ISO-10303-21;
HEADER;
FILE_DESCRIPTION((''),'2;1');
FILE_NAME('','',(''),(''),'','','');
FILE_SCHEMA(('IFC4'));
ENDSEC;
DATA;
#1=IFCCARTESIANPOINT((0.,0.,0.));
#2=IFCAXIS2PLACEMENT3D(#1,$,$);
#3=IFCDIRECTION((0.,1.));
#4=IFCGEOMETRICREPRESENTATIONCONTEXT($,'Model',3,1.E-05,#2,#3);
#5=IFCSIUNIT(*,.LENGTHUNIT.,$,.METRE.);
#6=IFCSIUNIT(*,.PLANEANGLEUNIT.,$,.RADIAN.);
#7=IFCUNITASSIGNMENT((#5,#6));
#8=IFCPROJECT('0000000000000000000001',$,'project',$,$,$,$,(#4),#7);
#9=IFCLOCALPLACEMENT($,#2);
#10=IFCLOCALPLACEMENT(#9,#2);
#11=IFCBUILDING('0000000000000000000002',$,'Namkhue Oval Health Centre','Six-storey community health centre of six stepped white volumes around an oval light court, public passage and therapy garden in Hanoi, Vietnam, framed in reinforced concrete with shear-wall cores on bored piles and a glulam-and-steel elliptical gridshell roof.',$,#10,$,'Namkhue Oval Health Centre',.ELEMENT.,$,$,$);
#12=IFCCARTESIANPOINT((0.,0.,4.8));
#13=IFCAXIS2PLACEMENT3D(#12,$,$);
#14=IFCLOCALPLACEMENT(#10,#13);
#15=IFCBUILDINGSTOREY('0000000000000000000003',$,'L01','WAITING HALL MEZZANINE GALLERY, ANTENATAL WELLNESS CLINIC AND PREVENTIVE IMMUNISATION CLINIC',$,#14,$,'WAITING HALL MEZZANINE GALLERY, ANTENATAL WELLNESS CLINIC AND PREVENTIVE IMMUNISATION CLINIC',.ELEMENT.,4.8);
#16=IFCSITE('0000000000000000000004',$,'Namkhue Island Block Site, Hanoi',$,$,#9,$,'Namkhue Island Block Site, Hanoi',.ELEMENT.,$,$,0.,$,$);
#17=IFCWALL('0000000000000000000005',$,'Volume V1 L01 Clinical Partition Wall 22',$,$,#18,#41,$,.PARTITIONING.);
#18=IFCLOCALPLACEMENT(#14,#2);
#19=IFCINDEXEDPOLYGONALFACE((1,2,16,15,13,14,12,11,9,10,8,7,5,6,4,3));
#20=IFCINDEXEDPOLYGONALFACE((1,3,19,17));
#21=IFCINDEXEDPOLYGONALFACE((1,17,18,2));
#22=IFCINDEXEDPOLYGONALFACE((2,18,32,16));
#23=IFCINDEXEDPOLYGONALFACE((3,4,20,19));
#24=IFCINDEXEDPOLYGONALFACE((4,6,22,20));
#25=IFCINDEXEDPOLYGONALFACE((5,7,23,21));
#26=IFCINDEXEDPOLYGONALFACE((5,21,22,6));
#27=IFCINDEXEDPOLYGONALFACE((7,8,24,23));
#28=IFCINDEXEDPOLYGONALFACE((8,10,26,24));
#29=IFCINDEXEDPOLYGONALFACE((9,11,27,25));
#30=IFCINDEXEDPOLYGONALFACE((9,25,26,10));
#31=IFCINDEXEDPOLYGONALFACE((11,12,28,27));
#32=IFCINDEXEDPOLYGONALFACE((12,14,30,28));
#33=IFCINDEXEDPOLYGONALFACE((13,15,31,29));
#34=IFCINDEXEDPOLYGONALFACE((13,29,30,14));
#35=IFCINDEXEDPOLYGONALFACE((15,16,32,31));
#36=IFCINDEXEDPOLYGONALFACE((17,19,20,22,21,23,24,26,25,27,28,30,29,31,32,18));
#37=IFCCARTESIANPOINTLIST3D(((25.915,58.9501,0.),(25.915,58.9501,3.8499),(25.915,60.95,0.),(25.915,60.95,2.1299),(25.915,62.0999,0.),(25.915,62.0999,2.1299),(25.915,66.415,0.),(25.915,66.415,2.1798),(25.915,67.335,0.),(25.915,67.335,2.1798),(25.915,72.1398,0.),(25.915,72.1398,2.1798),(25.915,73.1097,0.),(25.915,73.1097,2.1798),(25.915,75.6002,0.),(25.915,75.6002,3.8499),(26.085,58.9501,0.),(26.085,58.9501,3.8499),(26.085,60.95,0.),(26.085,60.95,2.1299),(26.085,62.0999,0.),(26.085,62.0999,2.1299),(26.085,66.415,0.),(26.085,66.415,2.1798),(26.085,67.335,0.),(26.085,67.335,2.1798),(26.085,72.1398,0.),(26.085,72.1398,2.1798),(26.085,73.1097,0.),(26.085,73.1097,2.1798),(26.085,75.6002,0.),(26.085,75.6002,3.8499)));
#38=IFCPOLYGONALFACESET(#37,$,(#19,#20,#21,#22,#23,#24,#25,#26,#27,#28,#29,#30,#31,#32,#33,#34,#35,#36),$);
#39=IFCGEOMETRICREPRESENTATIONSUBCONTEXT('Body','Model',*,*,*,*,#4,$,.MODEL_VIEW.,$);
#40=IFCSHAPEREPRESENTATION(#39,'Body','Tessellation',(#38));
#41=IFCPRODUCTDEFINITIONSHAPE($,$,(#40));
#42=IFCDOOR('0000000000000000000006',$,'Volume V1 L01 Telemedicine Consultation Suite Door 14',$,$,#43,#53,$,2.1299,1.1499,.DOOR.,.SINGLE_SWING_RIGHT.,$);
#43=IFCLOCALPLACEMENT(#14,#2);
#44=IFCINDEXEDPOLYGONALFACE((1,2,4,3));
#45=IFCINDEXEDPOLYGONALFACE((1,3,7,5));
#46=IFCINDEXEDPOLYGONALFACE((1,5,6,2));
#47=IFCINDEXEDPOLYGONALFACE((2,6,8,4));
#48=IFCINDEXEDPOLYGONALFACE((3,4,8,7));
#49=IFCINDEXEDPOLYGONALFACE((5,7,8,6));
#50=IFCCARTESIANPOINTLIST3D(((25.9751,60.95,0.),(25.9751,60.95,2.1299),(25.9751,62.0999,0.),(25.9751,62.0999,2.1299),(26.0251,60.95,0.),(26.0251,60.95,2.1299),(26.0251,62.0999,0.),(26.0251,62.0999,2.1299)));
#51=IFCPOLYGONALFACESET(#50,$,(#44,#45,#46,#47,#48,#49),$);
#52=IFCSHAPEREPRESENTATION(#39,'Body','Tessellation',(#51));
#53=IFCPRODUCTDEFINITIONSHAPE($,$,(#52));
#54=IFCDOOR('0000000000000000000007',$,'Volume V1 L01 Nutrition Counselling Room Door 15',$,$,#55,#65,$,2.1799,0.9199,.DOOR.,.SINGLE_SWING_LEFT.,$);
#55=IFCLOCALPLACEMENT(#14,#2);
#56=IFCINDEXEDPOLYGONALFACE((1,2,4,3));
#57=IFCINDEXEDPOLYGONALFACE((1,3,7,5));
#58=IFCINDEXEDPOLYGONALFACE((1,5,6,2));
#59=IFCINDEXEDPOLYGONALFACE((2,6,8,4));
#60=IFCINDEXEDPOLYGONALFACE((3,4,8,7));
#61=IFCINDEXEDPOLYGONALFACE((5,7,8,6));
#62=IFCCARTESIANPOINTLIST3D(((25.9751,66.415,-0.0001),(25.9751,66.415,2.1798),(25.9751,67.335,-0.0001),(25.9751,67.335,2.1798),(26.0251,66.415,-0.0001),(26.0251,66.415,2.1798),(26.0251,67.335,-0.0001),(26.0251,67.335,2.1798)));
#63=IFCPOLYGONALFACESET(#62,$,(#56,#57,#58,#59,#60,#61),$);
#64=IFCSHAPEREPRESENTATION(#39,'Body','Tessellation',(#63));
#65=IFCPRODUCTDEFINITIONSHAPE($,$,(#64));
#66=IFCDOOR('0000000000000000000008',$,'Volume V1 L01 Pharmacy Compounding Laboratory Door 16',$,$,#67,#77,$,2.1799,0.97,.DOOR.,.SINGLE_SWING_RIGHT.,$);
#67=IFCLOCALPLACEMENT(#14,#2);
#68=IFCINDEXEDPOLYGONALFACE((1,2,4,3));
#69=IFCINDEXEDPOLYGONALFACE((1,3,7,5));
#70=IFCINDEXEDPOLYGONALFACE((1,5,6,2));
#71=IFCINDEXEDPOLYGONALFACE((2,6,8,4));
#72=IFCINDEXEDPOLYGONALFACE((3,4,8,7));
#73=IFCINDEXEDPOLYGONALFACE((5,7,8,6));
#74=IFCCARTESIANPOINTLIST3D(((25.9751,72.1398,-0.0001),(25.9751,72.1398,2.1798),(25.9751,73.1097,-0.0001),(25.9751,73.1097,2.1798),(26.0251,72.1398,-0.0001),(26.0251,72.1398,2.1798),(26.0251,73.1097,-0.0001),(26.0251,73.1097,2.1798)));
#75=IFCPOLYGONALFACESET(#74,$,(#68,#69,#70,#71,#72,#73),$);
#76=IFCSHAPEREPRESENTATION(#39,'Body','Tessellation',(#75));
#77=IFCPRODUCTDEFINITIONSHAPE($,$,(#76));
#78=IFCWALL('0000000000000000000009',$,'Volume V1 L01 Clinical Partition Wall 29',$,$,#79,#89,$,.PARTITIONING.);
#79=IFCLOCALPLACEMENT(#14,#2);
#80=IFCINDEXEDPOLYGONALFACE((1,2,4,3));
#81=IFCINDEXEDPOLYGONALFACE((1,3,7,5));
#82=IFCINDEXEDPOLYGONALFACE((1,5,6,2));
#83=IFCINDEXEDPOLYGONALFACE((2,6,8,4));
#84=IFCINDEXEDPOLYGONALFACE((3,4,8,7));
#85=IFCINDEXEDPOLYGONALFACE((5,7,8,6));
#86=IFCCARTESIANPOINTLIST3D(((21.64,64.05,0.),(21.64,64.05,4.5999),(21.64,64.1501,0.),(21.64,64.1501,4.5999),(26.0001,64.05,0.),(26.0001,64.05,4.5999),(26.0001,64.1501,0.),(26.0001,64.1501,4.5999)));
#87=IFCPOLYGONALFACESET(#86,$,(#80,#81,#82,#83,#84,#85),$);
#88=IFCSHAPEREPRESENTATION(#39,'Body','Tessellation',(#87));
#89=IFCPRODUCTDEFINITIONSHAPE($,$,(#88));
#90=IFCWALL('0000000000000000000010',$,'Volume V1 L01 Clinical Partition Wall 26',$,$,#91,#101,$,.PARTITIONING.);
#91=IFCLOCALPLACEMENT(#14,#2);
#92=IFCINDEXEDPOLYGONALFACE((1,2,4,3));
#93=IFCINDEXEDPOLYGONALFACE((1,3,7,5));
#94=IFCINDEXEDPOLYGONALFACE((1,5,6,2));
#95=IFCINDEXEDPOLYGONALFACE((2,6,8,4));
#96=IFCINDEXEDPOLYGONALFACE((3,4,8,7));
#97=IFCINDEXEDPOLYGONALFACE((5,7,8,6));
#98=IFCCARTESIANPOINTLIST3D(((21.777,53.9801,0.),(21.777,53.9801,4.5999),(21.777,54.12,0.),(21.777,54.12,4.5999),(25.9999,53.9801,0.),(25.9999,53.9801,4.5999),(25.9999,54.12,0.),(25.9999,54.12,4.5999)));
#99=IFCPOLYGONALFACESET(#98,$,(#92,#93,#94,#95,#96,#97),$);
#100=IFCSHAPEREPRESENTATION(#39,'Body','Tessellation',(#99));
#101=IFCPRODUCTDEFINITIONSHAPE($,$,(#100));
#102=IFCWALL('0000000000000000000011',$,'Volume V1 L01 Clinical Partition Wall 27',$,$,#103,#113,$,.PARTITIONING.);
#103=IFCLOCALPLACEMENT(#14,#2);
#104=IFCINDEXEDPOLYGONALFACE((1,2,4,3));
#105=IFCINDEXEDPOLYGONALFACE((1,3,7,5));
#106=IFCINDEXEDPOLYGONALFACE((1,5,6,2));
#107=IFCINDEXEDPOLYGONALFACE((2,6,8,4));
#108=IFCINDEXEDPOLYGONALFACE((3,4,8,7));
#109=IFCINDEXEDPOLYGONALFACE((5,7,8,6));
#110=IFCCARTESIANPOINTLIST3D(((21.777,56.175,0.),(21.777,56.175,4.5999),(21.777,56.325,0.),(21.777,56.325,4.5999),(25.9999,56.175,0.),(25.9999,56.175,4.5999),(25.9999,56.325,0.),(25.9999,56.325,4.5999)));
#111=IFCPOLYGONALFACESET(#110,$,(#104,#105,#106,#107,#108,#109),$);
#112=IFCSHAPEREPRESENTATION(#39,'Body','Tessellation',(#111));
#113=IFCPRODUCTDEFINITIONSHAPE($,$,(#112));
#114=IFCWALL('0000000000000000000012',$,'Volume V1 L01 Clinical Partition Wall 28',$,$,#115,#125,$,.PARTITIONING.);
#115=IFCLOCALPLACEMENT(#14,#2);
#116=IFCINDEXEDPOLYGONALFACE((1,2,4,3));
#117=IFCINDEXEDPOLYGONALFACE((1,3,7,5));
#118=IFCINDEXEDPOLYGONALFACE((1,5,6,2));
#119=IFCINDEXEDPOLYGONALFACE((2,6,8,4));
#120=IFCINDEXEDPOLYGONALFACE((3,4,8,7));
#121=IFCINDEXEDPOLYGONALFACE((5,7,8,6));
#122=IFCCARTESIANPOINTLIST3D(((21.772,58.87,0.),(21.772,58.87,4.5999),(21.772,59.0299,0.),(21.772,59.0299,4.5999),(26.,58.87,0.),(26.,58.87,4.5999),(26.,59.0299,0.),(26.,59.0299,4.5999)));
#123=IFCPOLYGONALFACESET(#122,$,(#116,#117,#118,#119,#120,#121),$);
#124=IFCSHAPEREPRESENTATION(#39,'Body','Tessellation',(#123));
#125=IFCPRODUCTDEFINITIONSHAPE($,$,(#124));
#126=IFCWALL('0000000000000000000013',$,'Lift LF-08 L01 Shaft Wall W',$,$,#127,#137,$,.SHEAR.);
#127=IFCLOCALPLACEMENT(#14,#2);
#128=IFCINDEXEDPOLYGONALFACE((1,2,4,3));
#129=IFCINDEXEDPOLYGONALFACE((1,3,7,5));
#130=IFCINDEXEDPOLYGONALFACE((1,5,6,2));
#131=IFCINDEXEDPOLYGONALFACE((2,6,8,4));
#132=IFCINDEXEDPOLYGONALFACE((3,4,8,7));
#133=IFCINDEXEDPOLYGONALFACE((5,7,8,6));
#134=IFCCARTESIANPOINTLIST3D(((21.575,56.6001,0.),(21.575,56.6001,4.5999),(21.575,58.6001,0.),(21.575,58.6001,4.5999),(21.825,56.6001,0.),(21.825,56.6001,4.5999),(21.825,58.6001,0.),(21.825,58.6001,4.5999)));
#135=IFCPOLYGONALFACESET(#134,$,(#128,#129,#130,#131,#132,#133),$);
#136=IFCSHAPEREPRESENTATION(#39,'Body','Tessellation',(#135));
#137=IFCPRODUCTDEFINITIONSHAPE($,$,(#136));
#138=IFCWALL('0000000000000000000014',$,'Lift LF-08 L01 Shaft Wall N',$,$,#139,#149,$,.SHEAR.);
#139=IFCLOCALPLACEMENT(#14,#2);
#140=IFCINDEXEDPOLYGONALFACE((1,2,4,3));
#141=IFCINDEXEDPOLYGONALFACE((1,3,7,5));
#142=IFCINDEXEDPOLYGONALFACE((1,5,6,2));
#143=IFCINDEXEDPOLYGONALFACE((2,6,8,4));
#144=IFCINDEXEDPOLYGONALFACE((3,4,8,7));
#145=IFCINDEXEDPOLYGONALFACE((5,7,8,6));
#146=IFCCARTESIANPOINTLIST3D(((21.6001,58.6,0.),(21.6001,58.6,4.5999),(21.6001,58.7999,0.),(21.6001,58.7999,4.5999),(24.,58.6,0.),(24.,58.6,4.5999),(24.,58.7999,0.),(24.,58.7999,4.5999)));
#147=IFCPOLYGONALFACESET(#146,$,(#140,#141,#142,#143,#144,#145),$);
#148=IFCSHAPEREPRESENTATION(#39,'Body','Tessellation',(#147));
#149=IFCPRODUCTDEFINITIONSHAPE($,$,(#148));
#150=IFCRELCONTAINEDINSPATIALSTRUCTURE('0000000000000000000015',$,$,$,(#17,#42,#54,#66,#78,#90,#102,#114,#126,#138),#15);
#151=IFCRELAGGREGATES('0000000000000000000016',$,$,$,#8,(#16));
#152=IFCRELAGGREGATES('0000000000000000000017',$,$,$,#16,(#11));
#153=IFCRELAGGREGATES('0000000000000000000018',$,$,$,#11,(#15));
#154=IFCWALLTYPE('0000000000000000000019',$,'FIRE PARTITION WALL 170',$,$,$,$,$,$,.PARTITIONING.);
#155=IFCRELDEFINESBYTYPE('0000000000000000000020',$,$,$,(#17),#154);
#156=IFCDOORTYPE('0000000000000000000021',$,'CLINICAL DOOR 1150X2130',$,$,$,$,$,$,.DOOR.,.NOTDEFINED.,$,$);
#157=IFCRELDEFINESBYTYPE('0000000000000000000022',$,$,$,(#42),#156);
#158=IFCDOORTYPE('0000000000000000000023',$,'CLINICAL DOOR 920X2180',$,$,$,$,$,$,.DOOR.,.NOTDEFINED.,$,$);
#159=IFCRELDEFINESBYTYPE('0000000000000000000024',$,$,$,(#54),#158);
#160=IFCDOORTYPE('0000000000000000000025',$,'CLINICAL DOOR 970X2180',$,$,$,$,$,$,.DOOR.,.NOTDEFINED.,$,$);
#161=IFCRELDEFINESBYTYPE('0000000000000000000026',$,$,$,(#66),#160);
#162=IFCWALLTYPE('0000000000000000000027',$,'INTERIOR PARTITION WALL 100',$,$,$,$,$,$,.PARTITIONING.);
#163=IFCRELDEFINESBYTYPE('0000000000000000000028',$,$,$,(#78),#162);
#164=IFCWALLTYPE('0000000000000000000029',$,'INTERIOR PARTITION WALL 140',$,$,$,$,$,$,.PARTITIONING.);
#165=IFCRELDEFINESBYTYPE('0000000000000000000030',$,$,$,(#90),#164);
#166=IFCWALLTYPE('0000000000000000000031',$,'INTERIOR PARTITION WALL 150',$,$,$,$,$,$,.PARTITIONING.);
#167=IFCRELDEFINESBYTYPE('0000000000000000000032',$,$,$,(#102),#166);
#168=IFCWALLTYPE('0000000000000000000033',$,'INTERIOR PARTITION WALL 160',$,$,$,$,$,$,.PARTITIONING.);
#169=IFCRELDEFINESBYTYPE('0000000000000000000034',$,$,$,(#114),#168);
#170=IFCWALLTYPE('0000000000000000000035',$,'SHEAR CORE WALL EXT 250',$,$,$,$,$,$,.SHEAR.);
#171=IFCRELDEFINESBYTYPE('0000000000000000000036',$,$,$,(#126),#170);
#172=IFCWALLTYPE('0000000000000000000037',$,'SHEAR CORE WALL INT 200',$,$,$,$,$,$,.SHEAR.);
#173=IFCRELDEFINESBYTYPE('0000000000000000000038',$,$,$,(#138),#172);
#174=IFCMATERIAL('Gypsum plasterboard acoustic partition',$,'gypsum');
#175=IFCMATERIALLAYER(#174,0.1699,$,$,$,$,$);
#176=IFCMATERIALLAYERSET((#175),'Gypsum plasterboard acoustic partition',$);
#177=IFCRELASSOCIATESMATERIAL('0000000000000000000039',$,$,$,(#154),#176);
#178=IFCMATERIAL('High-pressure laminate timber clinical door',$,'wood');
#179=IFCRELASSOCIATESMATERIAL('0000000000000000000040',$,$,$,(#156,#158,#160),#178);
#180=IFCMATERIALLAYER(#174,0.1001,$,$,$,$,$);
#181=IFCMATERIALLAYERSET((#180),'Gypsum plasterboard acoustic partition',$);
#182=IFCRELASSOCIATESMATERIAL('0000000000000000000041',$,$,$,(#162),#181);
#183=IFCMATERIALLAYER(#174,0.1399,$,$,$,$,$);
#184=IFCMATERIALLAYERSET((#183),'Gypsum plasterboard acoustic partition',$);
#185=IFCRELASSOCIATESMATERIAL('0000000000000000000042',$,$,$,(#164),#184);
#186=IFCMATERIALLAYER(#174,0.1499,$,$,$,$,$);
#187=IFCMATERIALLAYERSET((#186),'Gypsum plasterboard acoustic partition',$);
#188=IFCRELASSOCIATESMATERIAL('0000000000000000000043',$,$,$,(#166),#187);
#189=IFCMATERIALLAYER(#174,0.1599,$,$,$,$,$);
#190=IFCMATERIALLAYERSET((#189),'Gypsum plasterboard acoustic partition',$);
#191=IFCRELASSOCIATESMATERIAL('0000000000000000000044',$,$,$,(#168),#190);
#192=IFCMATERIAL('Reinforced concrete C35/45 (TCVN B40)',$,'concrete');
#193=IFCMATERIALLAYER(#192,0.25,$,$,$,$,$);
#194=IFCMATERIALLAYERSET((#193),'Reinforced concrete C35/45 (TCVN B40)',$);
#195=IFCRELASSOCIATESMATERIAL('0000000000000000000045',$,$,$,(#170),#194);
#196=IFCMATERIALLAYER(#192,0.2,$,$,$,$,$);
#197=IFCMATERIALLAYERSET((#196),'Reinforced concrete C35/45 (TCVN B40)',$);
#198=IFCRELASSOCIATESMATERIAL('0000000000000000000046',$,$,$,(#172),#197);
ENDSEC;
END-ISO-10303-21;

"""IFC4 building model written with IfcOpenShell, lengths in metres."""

from ifc_helpers import new_model, si_unit, direction, frame, frame_2d, origin, place, context, subcontext, project, spatial, rectangle, extrude, material, layer, layer_set, type_object, element, fill, save


model = new_model("IFC4")

# Units and contexts
model_context = context("Model", 3, precision=1e-05, world=origin(), true_north=direction((0.0, 1.0)))
body_context = subcontext(model_context, "Body", "Model", "MODEL_VIEW")
ifc_project = project(units=[si_unit("LENGTHUNIT", "METRE"), si_unit("PLANEANGLEUNIT", "RADIAN")], contexts=[model_context])

# Site, building, storey
site_placement = place(None, origin())
site = spatial("IfcSite", under=ifc_project, at=site_placement, Name="Namkhue Island Block Site, Hanoi", LongName="Namkhue Island Block Site, Hanoi", CompositionType="ELEMENT", RefElevation=0.0)
building_placement = place(site_placement, origin())
building = spatial("IfcBuilding", under=site, at=building_placement, Name="Namkhue Oval Health Centre", Description="Six-storey community health centre of six stepped white volumes around an oval light court, public passage and therapy garden in Hanoi, Vietnam, framed in reinforced concrete with shear-wall cores on bored piles and a glulam-and-steel elliptical gridshell roof.", LongName="Namkhue Oval Health Centre", CompositionType="ELEMENT")
storey_placement = place(building_placement, frame((0.0, 0.0, 4.8)))
storey = spatial("IfcBuildingStorey", under=building, at=storey_placement, Name="L01", Description="WAITING HALL MEZZANINE GALLERY, ANTENATAL WELLNESS CLINIC AND PREVENTIVE IMMUNISATION CLINIC", LongName="WAITING HALL MEZZANINE GALLERY, ANTENATAL WELLNESS CLINIC AND PREVENTIVE IMMUNISATION CLINIC", CompositionType="ELEMENT", Elevation=4.8)

# Shared definitions
ifc_material_1 = material(Name="Reinforced concrete C35/45 (TCVN B40)", Category="concrete")

# Wall, openings, doors
ifc_material_2 = material(Name="Gypsum plasterboard acoustic partition", Category="gypsum")
ifc_layer_1 = layer(ifc_material_2, 0.1699)
ifc_layer_set_1 = layer_set([ifc_layer_1], Name="Gypsum plasterboard acoustic partition")
wall_type_1 = type_object("IfcWallType", Name="FIRE PARTITION WALL 170", PredefinedType="PARTITIONING", material=ifc_layer_set_1)
wall_1_placement = place(storey_placement, frame((26.0, 58.95, 0.0), z_axis=(0.0, 0.0, 1.0), x_axis=(0.0, 1.0, 0.0)))
wall_1 = element("IfcWall", 1, at=wall_1_placement, inside=storey, type_object=wall_type_1, Name="Volume V1 L01 Clinical Partition Wall 22", PredefinedType="PARTITIONING", context=body_context, shape_type="SweptSolid", body=[
    extrude(rectangle(XDim=16.6501, YDim=0.1699, at=frame_2d((8.3252, 0.0))), origin(), (0.0, 0.0, 1.0), 3.8499),
])
opening_1_placement = place(wall_1_placement, frame((2.0, 0.0, 0.0)))
opening_1 = element("IfcOpeningElement", 2, at=opening_1_placement, cuts=wall_1, PredefinedType="OPENING", context=body_context, shape_type="SweptSolid", body=[
    extrude(rectangle(XDim=1.1499, YDim=2.1299, at=frame_2d((0.575, 1.0649))), frame((0.0, 0.095, 0.0), z_axis=(0.0, -1.0, 0.0), x_axis=(1.0, 0.0, 0.0)), (0.0, 0.0, 1.0), 0.1899),
])
opening_2_placement = place(wall_1_placement, frame((7.4651, 0.0, 0.0)))
opening_2 = element("IfcOpeningElement", 3, at=opening_2_placement, cuts=wall_1, PredefinedType="OPENING", context=body_context, shape_type="SweptSolid", body=[
    extrude(rectangle(XDim=0.9199, YDim=2.1799, at=frame_2d((0.46, 1.0898))), frame((0.0, 0.095, 0.0), z_axis=(0.0, -1.0, 0.0), x_axis=(1.0, 0.0, 0.0)), (0.0, 0.0, 1.0), 0.1899),
])
opening_3_placement = place(wall_1_placement, frame((13.1899, 0.0, 0.0)))
opening_3 = element("IfcOpeningElement", 4, at=opening_3_placement, cuts=wall_1, PredefinedType="OPENING", context=body_context, shape_type="SweptSolid", body=[
    extrude(rectangle(XDim=0.97, YDim=2.1799, at=frame_2d((0.4849, 1.0898))), frame((0.0, 0.095, 0.0), z_axis=(0.0, -1.0, 0.0), x_axis=(1.0, 0.0, 0.0)), (0.0, 0.0, 1.0), 0.1899),
])
ifc_material_3 = material(Name="High-pressure laminate timber clinical door", Category="wood")
door_type_1 = type_object("IfcDoorType", Name="CLINICAL DOOR 1150X2130", OperationType="NOTDEFINED", PredefinedType="DOOR", material=ifc_material_3)
door_1_placement = place(opening_1_placement, origin())
door_1 = element("IfcDoor", 5, at=door_1_placement, inside=storey, type_object=door_type_1, Name="Volume V1 L01 Telemedicine Consultation Suite Door 14", OperationType="SINGLE_SWING_RIGHT", OverallHeight=2.1299, OverallWidth=1.1499, PredefinedType="DOOR", context=body_context, shape_type="SweptSolid", body=[
    extrude(rectangle(XDim=1.1499, YDim=2.1299, at=frame_2d((0.575, 1.0649))), frame((0.0, 0.0249, 0.0), z_axis=(0.0, -1.0, 0.0), x_axis=(1.0, 0.0, 0.0)), (0.0, 0.0, 1.0), 0.05),
])
fill(opening_1, door_1)
door_type_2 = type_object("IfcDoorType", Name="CLINICAL DOOR 920X2180", OperationType="NOTDEFINED", PredefinedType="DOOR", material=ifc_material_3)
door_2_placement = place(opening_2_placement, origin())
door_2 = element("IfcDoor", 6, at=door_2_placement, inside=storey, type_object=door_type_2, Name="Volume V1 L01 Nutrition Counselling Room Door 15", OperationType="SINGLE_SWING_LEFT", OverallHeight=2.1799, OverallWidth=0.9199, PredefinedType="DOOR", context=body_context, shape_type="SweptSolid", body=[
    extrude(rectangle(XDim=0.9199, YDim=2.1799, at=frame_2d((0.46, 1.0898))), frame((0.0, 0.0249, 0.0), z_axis=(0.0, -1.0, 0.0), x_axis=(1.0, 0.0, 0.0)), (0.0, 0.0, 1.0), 0.05),
])
fill(opening_2, door_2)
door_type_3 = type_object("IfcDoorType", Name="CLINICAL DOOR 970X2180", OperationType="NOTDEFINED", PredefinedType="DOOR", material=ifc_material_3)
door_3_placement = place(opening_3_placement, origin())
door_3 = element("IfcDoor", 7, at=door_3_placement, inside=storey, type_object=door_type_3, Name="Volume V1 L01 Pharmacy Compounding Laboratory Door 16", OperationType="SINGLE_SWING_RIGHT", OverallHeight=2.1799, OverallWidth=0.97, PredefinedType="DOOR", context=body_context, shape_type="SweptSolid", body=[
    extrude(rectangle(XDim=0.97, YDim=2.1799, at=frame_2d((0.4849, 1.0898))), frame((0.0, 0.0249, 0.0), z_axis=(0.0, -1.0, 0.0), x_axis=(1.0, 0.0, 0.0)), (0.0, 0.0, 1.0), 0.05),
])
fill(opening_3, door_3)

# Walls
ifc_layer_2 = layer(ifc_material_2, 0.1001)
ifc_layer_set_2 = layer_set([ifc_layer_2], Name="Gypsum plasterboard acoustic partition")
wall_type_2 = type_object("IfcWallType", Name="INTERIOR PARTITION WALL 100", PredefinedType="PARTITIONING", material=ifc_layer_set_2)
wall_2_placement = place(storey_placement, frame((21.6399, 64.1001, 0.0), z_axis=(0.0, 0.0, 1.0), x_axis=(1.0, 0.0, 0.0)))
element("IfcWall", 8, at=wall_2_placement, inside=storey, type_object=wall_type_2, Name="Volume V1 L01 Clinical Partition Wall 29", PredefinedType="PARTITIONING", context=body_context, shape_type="SweptSolid", body=[
    extrude(rectangle(XDim=4.3601, YDim=0.1001, at=frame_2d((2.1802, 0.0))), origin(), (0.0, 0.0, 1.0), 4.5999),
])
ifc_layer_3 = layer(ifc_material_2, 0.1399)
ifc_layer_set_3 = layer_set([ifc_layer_3], Name="Gypsum plasterboard acoustic partition")
wall_type_3 = type_object("IfcWallType", Name="INTERIOR PARTITION WALL 140", PredefinedType="PARTITIONING", material=ifc_layer_set_3)
wall_3_placement = place(storey_placement, frame((21.7771, 54.05, 0.0), z_axis=(0.0, 0.0, 1.0), x_axis=(1.0, 0.0, 0.0)))
element("IfcWall", 9, at=wall_3_placement, inside=storey, type_object=wall_type_3, Name="Volume V1 L01 Clinical Partition Wall 26", PredefinedType="PARTITIONING", context=body_context, shape_type="SweptSolid", body=[
    extrude(rectangle(XDim=4.2229, YDim=0.1399, at=frame_2d((2.1113, 0.0))), origin(), (0.0, 0.0, 1.0), 4.5999),
])
ifc_layer_4 = layer(ifc_material_2, 0.1499)
ifc_layer_set_4 = layer_set([ifc_layer_4], Name="Gypsum plasterboard acoustic partition")
wall_type_4 = type_object("IfcWallType", Name="INTERIOR PARTITION WALL 150", PredefinedType="PARTITIONING", material=ifc_layer_set_4)
wall_4_placement = place(storey_placement, frame((21.7771, 56.25, 0.0), z_axis=(0.0, 0.0, 1.0), x_axis=(1.0, 0.0, 0.0)))
element("IfcWall", 10, at=wall_4_placement, inside=storey, type_object=wall_type_4, Name="Volume V1 L01 Clinical Partition Wall 27", PredefinedType="PARTITIONING", context=body_context, shape_type="SweptSolid", body=[
    extrude(rectangle(XDim=4.2229, YDim=0.1499, at=frame_2d((2.1113, 0.0))), origin(), (0.0, 0.0, 1.0), 4.5999),
])
ifc_layer_5 = layer(ifc_material_2, 0.1599)
ifc_layer_set_5 = layer_set([ifc_layer_5], Name="Gypsum plasterboard acoustic partition")
wall_type_5 = type_object("IfcWallType", Name="INTERIOR PARTITION WALL 160", PredefinedType="PARTITIONING", material=ifc_layer_set_5)
wall_5_placement = place(storey_placement, frame((21.772, 58.95, 0.0), z_axis=(0.0, 0.0, 1.0), x_axis=(1.0, 0.0, 0.0)))
element("IfcWall", 11, at=wall_5_placement, inside=storey, type_object=wall_type_5, Name="Volume V1 L01 Clinical Partition Wall 28", PredefinedType="PARTITIONING", context=body_context, shape_type="SweptSolid", body=[
    extrude(rectangle(XDim=4.228, YDim=0.1599, at=frame_2d((2.114, 0.0))), origin(), (0.0, 0.0, 1.0), 4.5999),
])
ifc_layer_6 = layer(ifc_material_1, 0.25)
ifc_layer_set_6 = layer_set([ifc_layer_6], Name="Reinforced concrete C35/45 (TCVN B40)")
wall_type_6 = type_object("IfcWallType", Name="SHEAR CORE WALL EXT 250", PredefinedType="SHEAR", material=ifc_layer_set_6)
wall_6_placement = place(storey_placement, frame((21.7, 58.6001, 0.0), z_axis=(0.0, 0.0, 1.0), x_axis=(0.0, -1.0, 0.0)))
element("IfcWall", 12, at=wall_6_placement, inside=storey, type_object=wall_type_6, Name="Lift LF-08 L01 Shaft Wall W", PredefinedType="SHEAR", context=body_context, shape_type="SweptSolid", body=[
    extrude(rectangle(XDim=2.0, YDim=0.25, at=frame_2d((1.0, 0.0))), origin(), (0.0, 0.0, 1.0), 4.5999),
])

# Shared definitions
ifc_layer_7 = layer(ifc_material_1, 0.2)
ifc_layer_set_7 = layer_set([ifc_layer_7], Name="Reinforced concrete C35/45 (TCVN B40)")
wall_type_7 = type_object("IfcWallType", Name="SHEAR CORE WALL INT 200", PredefinedType="SHEAR", material=ifc_layer_set_7)

# Wall
wall_7_placement = place(storey_placement, frame((24.0, 58.7, 0.0), z_axis=(0.0, 0.0, 1.0), x_axis=(-1.0, 0.0, 0.0)))
element("IfcWall", 13, at=wall_7_placement, inside=storey, type_object=wall_type_7, Name="Lift LF-08 L01 Shaft Wall N", PredefinedType="SHEAR", context=body_context, shape_type="SweptSolid", body=[
    extrude(rectangle(XDim=2.3999, YDim=0.2, at=frame_2d((1.2, 0.0))), origin(), (0.0, 0.0, 1.0), 4.5999),
])

save(model, "model.ifc")
